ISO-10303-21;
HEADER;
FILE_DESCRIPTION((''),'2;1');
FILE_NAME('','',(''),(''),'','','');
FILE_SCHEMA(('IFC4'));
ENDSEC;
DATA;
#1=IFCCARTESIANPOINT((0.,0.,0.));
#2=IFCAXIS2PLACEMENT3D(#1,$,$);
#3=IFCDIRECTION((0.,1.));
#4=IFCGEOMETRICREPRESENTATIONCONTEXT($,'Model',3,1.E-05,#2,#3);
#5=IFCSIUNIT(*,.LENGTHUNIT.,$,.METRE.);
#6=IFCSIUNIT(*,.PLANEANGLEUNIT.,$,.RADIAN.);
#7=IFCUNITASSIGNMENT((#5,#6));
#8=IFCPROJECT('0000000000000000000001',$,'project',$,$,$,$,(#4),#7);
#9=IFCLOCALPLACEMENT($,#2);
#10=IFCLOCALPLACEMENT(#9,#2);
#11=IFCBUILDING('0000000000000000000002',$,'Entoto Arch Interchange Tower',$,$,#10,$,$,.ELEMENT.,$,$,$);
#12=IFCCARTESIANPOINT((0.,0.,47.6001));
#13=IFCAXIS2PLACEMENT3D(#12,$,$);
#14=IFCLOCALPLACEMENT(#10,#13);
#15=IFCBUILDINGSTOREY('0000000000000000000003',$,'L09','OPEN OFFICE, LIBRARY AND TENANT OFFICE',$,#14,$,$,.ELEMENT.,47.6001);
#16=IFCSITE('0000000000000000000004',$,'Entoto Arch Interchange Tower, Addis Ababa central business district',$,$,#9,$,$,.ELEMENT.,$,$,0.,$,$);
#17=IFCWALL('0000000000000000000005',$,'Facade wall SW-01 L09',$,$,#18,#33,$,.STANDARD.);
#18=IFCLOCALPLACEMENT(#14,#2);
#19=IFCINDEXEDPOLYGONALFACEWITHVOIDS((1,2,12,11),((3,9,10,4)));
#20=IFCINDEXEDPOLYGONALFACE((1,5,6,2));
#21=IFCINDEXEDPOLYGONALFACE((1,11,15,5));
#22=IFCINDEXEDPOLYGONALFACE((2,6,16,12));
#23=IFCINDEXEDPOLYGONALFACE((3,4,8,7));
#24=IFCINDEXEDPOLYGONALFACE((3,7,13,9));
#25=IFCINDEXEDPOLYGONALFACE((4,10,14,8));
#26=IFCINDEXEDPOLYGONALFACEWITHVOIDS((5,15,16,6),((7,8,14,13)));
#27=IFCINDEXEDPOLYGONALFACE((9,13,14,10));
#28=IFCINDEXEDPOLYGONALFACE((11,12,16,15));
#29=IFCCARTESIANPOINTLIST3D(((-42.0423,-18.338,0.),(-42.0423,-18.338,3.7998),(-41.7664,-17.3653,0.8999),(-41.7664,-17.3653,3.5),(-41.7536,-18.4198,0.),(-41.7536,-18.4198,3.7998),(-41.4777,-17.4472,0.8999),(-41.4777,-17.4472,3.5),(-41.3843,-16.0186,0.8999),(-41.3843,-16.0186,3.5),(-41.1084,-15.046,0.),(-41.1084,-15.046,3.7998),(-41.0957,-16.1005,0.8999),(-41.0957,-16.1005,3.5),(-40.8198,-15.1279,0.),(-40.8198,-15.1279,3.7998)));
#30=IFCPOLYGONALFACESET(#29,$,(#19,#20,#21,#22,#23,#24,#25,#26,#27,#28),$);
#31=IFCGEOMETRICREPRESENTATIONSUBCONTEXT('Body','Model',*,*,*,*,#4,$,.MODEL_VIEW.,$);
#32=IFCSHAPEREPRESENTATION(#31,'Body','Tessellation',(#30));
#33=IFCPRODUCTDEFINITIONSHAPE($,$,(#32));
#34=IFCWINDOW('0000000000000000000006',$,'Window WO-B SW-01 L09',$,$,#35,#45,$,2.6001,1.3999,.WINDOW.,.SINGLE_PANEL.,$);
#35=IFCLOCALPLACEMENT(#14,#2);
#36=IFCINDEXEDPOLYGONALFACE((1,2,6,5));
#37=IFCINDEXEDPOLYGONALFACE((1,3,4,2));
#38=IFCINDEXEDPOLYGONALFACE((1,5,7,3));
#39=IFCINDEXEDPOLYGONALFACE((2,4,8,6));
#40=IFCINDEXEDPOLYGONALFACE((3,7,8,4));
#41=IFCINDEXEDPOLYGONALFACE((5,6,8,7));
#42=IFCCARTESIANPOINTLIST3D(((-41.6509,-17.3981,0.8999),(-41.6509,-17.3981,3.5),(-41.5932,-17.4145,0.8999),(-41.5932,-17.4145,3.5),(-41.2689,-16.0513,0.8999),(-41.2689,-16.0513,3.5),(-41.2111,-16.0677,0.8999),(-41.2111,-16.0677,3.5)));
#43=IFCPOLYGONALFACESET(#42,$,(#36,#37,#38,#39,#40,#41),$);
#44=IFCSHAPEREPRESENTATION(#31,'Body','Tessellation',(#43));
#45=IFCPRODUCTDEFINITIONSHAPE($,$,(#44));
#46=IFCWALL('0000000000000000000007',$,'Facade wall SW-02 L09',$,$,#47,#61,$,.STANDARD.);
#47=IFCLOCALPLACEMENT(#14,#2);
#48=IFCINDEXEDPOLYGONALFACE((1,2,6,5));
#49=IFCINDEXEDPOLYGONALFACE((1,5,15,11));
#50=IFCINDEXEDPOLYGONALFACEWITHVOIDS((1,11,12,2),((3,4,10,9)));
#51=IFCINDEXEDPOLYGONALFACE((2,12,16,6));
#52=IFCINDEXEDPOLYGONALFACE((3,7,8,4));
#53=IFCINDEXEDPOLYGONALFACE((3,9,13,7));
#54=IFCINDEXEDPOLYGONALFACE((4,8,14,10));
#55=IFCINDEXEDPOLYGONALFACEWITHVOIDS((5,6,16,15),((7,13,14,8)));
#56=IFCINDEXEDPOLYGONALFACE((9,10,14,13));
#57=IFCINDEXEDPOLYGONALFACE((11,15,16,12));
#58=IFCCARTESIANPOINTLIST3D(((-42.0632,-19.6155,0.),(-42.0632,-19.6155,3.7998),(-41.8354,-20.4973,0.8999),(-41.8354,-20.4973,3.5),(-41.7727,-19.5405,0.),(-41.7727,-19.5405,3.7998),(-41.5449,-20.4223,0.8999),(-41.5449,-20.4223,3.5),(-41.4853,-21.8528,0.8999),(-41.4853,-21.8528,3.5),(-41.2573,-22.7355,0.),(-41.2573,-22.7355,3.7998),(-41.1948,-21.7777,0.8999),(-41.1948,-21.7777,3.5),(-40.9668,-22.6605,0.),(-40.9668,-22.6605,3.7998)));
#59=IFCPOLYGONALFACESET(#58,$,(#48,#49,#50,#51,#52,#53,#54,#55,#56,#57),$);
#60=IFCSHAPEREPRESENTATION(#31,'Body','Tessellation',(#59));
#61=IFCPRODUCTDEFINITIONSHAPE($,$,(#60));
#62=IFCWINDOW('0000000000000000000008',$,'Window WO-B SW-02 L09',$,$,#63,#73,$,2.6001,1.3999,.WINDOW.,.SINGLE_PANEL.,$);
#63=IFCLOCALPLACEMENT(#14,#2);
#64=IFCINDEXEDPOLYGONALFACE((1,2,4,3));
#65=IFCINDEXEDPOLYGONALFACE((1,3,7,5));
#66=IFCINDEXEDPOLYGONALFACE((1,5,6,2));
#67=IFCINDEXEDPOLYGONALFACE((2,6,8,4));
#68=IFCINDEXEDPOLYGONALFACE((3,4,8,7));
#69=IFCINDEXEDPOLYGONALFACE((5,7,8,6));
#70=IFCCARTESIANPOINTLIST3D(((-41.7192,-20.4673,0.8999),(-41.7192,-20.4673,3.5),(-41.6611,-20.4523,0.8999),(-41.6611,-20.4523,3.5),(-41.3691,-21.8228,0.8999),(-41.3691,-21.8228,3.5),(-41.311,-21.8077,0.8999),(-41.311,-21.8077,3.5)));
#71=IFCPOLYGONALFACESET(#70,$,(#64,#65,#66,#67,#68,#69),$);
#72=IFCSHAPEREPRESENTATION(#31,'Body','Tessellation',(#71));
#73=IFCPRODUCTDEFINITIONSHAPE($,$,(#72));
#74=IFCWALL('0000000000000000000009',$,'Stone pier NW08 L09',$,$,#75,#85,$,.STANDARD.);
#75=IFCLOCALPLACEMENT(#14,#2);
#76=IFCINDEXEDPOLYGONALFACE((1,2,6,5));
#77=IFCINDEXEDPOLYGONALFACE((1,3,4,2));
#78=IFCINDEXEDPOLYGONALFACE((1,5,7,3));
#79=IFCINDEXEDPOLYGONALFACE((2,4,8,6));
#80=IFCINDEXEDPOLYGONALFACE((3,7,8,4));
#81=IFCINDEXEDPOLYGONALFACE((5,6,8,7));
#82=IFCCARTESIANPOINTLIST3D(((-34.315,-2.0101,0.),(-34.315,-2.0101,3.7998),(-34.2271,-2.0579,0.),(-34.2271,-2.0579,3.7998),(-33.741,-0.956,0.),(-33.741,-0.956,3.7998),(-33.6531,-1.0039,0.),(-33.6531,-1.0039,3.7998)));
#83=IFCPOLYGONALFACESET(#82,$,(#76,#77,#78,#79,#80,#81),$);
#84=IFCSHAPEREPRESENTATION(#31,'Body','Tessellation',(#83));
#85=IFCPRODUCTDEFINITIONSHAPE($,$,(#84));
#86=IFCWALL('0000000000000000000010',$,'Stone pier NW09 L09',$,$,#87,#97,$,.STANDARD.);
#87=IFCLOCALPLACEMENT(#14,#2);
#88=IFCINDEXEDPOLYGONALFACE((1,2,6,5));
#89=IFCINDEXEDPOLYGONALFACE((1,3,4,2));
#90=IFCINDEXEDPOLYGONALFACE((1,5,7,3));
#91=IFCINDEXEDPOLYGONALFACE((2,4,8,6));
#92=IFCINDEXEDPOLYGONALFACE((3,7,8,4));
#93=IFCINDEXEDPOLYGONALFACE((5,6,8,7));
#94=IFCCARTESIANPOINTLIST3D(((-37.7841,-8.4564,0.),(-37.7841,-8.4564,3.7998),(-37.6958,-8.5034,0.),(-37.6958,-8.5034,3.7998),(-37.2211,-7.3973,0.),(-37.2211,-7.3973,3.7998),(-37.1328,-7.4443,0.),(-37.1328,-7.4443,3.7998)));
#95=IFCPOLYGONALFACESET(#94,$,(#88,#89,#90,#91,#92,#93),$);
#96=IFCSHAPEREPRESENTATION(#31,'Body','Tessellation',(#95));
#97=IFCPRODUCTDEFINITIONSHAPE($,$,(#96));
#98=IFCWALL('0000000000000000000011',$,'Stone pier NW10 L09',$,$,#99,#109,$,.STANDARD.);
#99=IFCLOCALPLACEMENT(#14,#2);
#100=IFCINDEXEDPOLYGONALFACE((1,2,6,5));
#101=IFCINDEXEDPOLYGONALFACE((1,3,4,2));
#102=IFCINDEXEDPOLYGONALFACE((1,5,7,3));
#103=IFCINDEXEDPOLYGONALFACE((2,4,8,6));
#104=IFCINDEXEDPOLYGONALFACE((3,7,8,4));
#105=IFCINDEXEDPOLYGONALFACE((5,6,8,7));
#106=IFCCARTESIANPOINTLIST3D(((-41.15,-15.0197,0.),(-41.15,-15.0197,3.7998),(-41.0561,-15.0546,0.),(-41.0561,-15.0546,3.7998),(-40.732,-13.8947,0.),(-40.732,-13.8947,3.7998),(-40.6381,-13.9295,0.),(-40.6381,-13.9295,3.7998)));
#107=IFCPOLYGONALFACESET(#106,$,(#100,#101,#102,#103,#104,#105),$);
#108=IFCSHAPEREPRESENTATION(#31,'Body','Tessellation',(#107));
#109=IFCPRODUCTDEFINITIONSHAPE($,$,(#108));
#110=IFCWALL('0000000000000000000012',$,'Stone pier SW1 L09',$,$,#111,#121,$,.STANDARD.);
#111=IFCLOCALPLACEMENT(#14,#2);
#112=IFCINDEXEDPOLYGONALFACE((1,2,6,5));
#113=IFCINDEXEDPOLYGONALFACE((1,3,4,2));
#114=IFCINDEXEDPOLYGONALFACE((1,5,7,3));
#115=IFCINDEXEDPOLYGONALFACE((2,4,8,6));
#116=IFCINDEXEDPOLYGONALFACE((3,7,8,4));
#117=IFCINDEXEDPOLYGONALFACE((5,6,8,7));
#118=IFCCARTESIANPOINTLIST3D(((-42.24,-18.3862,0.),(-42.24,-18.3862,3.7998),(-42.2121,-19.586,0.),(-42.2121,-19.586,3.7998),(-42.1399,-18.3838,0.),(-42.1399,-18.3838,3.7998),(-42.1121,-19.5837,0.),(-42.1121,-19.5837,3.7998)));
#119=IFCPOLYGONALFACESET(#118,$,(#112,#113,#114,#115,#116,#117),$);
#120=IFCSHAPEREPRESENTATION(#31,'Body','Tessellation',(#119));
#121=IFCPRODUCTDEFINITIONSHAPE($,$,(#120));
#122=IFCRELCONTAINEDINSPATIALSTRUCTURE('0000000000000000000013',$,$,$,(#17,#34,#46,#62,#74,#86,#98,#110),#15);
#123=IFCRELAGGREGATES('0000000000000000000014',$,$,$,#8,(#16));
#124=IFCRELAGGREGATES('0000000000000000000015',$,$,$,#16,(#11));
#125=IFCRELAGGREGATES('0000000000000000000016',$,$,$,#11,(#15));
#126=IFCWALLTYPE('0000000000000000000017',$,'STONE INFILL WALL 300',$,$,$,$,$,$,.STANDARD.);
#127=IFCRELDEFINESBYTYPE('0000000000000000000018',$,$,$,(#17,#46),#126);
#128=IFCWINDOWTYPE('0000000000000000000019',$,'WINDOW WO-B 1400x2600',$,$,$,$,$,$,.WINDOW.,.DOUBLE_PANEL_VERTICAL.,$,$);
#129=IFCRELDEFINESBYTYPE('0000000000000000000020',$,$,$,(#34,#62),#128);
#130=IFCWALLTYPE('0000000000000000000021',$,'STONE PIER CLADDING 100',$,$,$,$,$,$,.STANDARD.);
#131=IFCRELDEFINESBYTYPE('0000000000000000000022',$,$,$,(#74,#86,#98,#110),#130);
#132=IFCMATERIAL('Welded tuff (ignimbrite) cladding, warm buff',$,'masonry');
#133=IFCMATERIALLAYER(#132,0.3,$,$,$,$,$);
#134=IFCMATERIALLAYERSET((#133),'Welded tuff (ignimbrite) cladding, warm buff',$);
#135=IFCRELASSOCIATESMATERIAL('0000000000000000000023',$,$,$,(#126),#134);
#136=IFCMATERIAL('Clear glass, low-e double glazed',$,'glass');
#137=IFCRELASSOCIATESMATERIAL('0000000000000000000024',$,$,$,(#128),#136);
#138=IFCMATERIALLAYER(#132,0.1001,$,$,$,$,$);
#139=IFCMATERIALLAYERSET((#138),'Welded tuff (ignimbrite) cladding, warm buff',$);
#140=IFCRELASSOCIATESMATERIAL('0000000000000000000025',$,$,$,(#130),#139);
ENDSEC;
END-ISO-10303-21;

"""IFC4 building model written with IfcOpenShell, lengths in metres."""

from ifc_helpers import new_model, si_unit, direction, frame, frame_2d, origin, place, context, subcontext, project, spatial, rectangle, extrude, material, layer, layer_set, type_object, element, fill, save


model = new_model("IFC4")

# Units and contexts
model_context = context("Model", 3, precision=1e-05, world=origin(), true_north=direction((0.0, 1.0)))
body_context = subcontext(model_context, "Body", "Model", "MODEL_VIEW")
ifc_project = project(units=[si_unit("LENGTHUNIT", "METRE"), si_unit("PLANEANGLEUNIT", "RADIAN")], contexts=[model_context])

# Site, building, storey
site_placement = place(None, origin())
site = spatial("IfcSite", under=ifc_project, at=site_placement, Name="Entoto Arch Interchange Tower, Addis Ababa central business district", CompositionType="ELEMENT", RefElevation=0.0)
building_placement = place(site_placement, origin())
building = spatial("IfcBuilding", under=site, at=building_placement, Name="Entoto Arch Interchange Tower", CompositionType="ELEMENT")
storey_placement = place(building_placement, frame((0.0, 0.0, 47.6001)))
storey = spatial("IfcBuildingStorey", under=building, at=storey_placement, Name="L09", Description="OPEN OFFICE, LIBRARY AND TENANT OFFICE", CompositionType="ELEMENT", Elevation=47.6001)

# Shared definitions
ifc_material_1 = material(Name="Welded tuff (ignimbrite) cladding, warm buff", Category="masonry")
ifc_layer_1 = layer(ifc_material_1, 0.3)
ifc_layer_set_1 = layer_set([ifc_layer_1], Name="Welded tuff (ignimbrite) cladding, warm buff")
wall_type_1 = type_object("IfcWallType", Name="STONE INFILL WALL 300", PredefinedType="STANDARD", material=ifc_layer_set_1)
ifc_material_2 = material(Name="Clear glass, low-e double glazed", Category="glass")

# Walls, openings, windows
wall_1_placement = place(storey_placement, frame((-40.9641, -15.0869, 0.0), z_axis=(0.0, 0.0, 1.0), x_axis=(-0.272902, -0.962042, 0.0)))
wall_1 = element("IfcWall", 1, at=wall_1_placement, inside=storey, type_object=wall_type_1, Name="Facade wall SW-01 L09", PredefinedType="STANDARD", context=body_context, shape_type="SweptSolid", body=[
    extrude(rectangle(XDim=3.4219, YDim=0.3, at=frame_2d((1.7109, 0.0))), origin(), (0.0, 0.0, 1.0), 3.7998),
])
opening_1_placement = place(wall_1_placement, frame((1.011, 0.0, 0.8999)))
opening_1 = element("IfcOpeningElement", 2, at=opening_1_placement, cuts=wall_1, PredefinedType="OPENING", context=body_context, shape_type="SweptSolid", body=[
    extrude(rectangle(XDim=1.3999, YDim=2.6001, at=frame_2d((0.7, 1.3))), frame((0.0, 0.1602, 0.0), z_axis=(0.0, -1.0, 0.0), x_axis=(1.0, 0.0, 0.0)), (0.0, 0.0, 1.0), 0.3201),
])
window_type_1 = type_object("IfcWindowType", Name="WINDOW WO-B 1400x2600", PartitioningType="DOUBLE_PANEL_VERTICAL", PredefinedType="WINDOW", material=ifc_material_2)
window_1_placement = place(opening_1_placement, origin())
window_1 = element("IfcWindow", 3, at=window_1_placement, inside=storey, type_object=window_type_1, Name="Window WO-B SW-01 L09", OverallHeight=2.6001, OverallWidth=1.3999, PartitioningType="SINGLE_PANEL", PredefinedType="WINDOW", context=body_context, shape_type="SweptSolid", body=[
    extrude(rectangle(XDim=1.3999, YDim=2.6001, at=frame_2d((0.7, 1.3))), frame((0.0, 0.03, 0.0), z_axis=(0.0, -1.0, 0.0), x_axis=(1.0, 0.0, 0.0)), (0.0, 0.0, 1.0), 0.0601),
])
fill(opening_1, window_1)
wall_2_placement = place(storey_placement, frame((-41.918, -19.5779, 0.0), z_axis=(0.0, 0.0, 1.0), x_axis=(0.250087, -0.968223, 0.0)))
wall_2 = element("IfcWall", 4, at=wall_2_placement, inside=storey, type_object=wall_type_1, Name="Facade wall SW-02 L09", PredefinedType="STANDARD", context=body_context, shape_type="SweptSolid", body=[
    extrude(rectangle(XDim=3.2224, YDim=0.3, at=frame_2d((1.6113, 0.0))), origin(), (0.0, 0.0, 1.0), 3.7998),
])
opening_2_placement = place(wall_2_placement, frame((0.9109, 0.0, 0.8999)))
opening_2 = element("IfcOpeningElement", 5, at=opening_2_placement, cuts=wall_2, PredefinedType="OPENING", context=body_context, shape_type="SweptSolid", body=[
    extrude(rectangle(XDim=1.3999, YDim=2.6001, at=frame_2d((0.7, 1.3))), frame((0.0, 0.1602, 0.0), z_axis=(0.0, -1.0, 0.0), x_axis=(1.0, 0.0, 0.0)), (0.0, 0.0, 1.0), 0.3201),
])
window_2_placement = place(opening_2_placement, origin())
window_2 = element("IfcWindow", 6, at=window_2_placement, inside=storey, type_object=window_type_1, Name="Window WO-B SW-02 L09", OverallHeight=2.6001, OverallWidth=1.3999, PartitioningType="SINGLE_PANEL", PredefinedType="WINDOW", context=body_context, shape_type="SweptSolid", body=[
    extrude(rectangle(XDim=1.3999, YDim=2.6001, at=frame_2d((0.7, 1.3))), frame((0.0, 0.03, 0.0), z_axis=(0.0, -1.0, 0.0), x_axis=(1.0, 0.0, 0.0)), (0.0, 0.0, 1.0), 0.0601),
])
fill(opening_2, window_2)

# Walls
ifc_layer_2 = layer(ifc_material_1, 0.1001)
ifc_layer_set_2 = layer_set([ifc_layer_2], Name="Welded tuff (ignimbrite) cladding, warm buff")
wall_type_2 = type_object("IfcWallType", Name="STONE PIER CLADDING 100", PredefinedType="STANDARD", material=ifc_layer_set_2)
wall_3_placement = place(storey_placement, frame((-33.697, -0.98, 0.0), z_axis=(0.0, 0.0, 1.0), x_axis=(-0.478268, -0.878214, 0.0)))
element("IfcWall", 7, at=wall_3_placement, inside=storey, type_object=wall_type_2, Name="Stone pier NW08 L09", PredefinedType="STANDARD", context=body_context, shape_type="SweptSolid", body=[
    extrude(rectangle(XDim=1.2002, YDim=0.1001, at=frame_2d((0.6001, 0.0))), origin(), (0.0, 0.0, 1.0), 3.7998),
])
wall_4_placement = place(storey_placement, frame((-37.177, -7.4209, 0.0), z_axis=(0.0, 0.0, 1.0), x_axis=(-0.469383, -0.882994, 0.0)))
element("IfcWall", 8, at=wall_4_placement, inside=storey, type_object=wall_type_2, Name="Stone pier NW09 L09", PredefinedType="STANDARD", context=body_context, shape_type="SweptSolid", body=[
    extrude(rectangle(XDim=1.1995, YDim=0.1001, at=frame_2d((0.5996, 0.0))), origin(), (0.0, 0.0, 1.0), 3.7998),
])
for number, where, z_axis, x_axis, name in (
    (9, (-40.6851, -13.9121, 0.0), (0.0, 0.0, 1.0), (-0.348268, -0.937395, 0.0), "Stone pier NW10 L09"),
    (10, (-42.1899, -18.385, 0.0), (0.0, 0.0, 1.0), (0.023188, -0.999731, 0.0), "Stone pier SW1 L09"),
):
    element("IfcWall", number, at=place(storey_placement, frame(where, z_axis=z_axis, x_axis=x_axis)), inside=storey, type_object=wall_type_2, Name=name, PredefinedType="STANDARD", context=body_context, shape_type="SweptSolid", body=[
        extrude(rectangle(XDim=1.2002, YDim=0.1001, at=frame_2d((0.6001, 0.0))), origin(), (0.0, 0.0, 1.0), 3.7998),
    ])

save(model, "model.ifc")
